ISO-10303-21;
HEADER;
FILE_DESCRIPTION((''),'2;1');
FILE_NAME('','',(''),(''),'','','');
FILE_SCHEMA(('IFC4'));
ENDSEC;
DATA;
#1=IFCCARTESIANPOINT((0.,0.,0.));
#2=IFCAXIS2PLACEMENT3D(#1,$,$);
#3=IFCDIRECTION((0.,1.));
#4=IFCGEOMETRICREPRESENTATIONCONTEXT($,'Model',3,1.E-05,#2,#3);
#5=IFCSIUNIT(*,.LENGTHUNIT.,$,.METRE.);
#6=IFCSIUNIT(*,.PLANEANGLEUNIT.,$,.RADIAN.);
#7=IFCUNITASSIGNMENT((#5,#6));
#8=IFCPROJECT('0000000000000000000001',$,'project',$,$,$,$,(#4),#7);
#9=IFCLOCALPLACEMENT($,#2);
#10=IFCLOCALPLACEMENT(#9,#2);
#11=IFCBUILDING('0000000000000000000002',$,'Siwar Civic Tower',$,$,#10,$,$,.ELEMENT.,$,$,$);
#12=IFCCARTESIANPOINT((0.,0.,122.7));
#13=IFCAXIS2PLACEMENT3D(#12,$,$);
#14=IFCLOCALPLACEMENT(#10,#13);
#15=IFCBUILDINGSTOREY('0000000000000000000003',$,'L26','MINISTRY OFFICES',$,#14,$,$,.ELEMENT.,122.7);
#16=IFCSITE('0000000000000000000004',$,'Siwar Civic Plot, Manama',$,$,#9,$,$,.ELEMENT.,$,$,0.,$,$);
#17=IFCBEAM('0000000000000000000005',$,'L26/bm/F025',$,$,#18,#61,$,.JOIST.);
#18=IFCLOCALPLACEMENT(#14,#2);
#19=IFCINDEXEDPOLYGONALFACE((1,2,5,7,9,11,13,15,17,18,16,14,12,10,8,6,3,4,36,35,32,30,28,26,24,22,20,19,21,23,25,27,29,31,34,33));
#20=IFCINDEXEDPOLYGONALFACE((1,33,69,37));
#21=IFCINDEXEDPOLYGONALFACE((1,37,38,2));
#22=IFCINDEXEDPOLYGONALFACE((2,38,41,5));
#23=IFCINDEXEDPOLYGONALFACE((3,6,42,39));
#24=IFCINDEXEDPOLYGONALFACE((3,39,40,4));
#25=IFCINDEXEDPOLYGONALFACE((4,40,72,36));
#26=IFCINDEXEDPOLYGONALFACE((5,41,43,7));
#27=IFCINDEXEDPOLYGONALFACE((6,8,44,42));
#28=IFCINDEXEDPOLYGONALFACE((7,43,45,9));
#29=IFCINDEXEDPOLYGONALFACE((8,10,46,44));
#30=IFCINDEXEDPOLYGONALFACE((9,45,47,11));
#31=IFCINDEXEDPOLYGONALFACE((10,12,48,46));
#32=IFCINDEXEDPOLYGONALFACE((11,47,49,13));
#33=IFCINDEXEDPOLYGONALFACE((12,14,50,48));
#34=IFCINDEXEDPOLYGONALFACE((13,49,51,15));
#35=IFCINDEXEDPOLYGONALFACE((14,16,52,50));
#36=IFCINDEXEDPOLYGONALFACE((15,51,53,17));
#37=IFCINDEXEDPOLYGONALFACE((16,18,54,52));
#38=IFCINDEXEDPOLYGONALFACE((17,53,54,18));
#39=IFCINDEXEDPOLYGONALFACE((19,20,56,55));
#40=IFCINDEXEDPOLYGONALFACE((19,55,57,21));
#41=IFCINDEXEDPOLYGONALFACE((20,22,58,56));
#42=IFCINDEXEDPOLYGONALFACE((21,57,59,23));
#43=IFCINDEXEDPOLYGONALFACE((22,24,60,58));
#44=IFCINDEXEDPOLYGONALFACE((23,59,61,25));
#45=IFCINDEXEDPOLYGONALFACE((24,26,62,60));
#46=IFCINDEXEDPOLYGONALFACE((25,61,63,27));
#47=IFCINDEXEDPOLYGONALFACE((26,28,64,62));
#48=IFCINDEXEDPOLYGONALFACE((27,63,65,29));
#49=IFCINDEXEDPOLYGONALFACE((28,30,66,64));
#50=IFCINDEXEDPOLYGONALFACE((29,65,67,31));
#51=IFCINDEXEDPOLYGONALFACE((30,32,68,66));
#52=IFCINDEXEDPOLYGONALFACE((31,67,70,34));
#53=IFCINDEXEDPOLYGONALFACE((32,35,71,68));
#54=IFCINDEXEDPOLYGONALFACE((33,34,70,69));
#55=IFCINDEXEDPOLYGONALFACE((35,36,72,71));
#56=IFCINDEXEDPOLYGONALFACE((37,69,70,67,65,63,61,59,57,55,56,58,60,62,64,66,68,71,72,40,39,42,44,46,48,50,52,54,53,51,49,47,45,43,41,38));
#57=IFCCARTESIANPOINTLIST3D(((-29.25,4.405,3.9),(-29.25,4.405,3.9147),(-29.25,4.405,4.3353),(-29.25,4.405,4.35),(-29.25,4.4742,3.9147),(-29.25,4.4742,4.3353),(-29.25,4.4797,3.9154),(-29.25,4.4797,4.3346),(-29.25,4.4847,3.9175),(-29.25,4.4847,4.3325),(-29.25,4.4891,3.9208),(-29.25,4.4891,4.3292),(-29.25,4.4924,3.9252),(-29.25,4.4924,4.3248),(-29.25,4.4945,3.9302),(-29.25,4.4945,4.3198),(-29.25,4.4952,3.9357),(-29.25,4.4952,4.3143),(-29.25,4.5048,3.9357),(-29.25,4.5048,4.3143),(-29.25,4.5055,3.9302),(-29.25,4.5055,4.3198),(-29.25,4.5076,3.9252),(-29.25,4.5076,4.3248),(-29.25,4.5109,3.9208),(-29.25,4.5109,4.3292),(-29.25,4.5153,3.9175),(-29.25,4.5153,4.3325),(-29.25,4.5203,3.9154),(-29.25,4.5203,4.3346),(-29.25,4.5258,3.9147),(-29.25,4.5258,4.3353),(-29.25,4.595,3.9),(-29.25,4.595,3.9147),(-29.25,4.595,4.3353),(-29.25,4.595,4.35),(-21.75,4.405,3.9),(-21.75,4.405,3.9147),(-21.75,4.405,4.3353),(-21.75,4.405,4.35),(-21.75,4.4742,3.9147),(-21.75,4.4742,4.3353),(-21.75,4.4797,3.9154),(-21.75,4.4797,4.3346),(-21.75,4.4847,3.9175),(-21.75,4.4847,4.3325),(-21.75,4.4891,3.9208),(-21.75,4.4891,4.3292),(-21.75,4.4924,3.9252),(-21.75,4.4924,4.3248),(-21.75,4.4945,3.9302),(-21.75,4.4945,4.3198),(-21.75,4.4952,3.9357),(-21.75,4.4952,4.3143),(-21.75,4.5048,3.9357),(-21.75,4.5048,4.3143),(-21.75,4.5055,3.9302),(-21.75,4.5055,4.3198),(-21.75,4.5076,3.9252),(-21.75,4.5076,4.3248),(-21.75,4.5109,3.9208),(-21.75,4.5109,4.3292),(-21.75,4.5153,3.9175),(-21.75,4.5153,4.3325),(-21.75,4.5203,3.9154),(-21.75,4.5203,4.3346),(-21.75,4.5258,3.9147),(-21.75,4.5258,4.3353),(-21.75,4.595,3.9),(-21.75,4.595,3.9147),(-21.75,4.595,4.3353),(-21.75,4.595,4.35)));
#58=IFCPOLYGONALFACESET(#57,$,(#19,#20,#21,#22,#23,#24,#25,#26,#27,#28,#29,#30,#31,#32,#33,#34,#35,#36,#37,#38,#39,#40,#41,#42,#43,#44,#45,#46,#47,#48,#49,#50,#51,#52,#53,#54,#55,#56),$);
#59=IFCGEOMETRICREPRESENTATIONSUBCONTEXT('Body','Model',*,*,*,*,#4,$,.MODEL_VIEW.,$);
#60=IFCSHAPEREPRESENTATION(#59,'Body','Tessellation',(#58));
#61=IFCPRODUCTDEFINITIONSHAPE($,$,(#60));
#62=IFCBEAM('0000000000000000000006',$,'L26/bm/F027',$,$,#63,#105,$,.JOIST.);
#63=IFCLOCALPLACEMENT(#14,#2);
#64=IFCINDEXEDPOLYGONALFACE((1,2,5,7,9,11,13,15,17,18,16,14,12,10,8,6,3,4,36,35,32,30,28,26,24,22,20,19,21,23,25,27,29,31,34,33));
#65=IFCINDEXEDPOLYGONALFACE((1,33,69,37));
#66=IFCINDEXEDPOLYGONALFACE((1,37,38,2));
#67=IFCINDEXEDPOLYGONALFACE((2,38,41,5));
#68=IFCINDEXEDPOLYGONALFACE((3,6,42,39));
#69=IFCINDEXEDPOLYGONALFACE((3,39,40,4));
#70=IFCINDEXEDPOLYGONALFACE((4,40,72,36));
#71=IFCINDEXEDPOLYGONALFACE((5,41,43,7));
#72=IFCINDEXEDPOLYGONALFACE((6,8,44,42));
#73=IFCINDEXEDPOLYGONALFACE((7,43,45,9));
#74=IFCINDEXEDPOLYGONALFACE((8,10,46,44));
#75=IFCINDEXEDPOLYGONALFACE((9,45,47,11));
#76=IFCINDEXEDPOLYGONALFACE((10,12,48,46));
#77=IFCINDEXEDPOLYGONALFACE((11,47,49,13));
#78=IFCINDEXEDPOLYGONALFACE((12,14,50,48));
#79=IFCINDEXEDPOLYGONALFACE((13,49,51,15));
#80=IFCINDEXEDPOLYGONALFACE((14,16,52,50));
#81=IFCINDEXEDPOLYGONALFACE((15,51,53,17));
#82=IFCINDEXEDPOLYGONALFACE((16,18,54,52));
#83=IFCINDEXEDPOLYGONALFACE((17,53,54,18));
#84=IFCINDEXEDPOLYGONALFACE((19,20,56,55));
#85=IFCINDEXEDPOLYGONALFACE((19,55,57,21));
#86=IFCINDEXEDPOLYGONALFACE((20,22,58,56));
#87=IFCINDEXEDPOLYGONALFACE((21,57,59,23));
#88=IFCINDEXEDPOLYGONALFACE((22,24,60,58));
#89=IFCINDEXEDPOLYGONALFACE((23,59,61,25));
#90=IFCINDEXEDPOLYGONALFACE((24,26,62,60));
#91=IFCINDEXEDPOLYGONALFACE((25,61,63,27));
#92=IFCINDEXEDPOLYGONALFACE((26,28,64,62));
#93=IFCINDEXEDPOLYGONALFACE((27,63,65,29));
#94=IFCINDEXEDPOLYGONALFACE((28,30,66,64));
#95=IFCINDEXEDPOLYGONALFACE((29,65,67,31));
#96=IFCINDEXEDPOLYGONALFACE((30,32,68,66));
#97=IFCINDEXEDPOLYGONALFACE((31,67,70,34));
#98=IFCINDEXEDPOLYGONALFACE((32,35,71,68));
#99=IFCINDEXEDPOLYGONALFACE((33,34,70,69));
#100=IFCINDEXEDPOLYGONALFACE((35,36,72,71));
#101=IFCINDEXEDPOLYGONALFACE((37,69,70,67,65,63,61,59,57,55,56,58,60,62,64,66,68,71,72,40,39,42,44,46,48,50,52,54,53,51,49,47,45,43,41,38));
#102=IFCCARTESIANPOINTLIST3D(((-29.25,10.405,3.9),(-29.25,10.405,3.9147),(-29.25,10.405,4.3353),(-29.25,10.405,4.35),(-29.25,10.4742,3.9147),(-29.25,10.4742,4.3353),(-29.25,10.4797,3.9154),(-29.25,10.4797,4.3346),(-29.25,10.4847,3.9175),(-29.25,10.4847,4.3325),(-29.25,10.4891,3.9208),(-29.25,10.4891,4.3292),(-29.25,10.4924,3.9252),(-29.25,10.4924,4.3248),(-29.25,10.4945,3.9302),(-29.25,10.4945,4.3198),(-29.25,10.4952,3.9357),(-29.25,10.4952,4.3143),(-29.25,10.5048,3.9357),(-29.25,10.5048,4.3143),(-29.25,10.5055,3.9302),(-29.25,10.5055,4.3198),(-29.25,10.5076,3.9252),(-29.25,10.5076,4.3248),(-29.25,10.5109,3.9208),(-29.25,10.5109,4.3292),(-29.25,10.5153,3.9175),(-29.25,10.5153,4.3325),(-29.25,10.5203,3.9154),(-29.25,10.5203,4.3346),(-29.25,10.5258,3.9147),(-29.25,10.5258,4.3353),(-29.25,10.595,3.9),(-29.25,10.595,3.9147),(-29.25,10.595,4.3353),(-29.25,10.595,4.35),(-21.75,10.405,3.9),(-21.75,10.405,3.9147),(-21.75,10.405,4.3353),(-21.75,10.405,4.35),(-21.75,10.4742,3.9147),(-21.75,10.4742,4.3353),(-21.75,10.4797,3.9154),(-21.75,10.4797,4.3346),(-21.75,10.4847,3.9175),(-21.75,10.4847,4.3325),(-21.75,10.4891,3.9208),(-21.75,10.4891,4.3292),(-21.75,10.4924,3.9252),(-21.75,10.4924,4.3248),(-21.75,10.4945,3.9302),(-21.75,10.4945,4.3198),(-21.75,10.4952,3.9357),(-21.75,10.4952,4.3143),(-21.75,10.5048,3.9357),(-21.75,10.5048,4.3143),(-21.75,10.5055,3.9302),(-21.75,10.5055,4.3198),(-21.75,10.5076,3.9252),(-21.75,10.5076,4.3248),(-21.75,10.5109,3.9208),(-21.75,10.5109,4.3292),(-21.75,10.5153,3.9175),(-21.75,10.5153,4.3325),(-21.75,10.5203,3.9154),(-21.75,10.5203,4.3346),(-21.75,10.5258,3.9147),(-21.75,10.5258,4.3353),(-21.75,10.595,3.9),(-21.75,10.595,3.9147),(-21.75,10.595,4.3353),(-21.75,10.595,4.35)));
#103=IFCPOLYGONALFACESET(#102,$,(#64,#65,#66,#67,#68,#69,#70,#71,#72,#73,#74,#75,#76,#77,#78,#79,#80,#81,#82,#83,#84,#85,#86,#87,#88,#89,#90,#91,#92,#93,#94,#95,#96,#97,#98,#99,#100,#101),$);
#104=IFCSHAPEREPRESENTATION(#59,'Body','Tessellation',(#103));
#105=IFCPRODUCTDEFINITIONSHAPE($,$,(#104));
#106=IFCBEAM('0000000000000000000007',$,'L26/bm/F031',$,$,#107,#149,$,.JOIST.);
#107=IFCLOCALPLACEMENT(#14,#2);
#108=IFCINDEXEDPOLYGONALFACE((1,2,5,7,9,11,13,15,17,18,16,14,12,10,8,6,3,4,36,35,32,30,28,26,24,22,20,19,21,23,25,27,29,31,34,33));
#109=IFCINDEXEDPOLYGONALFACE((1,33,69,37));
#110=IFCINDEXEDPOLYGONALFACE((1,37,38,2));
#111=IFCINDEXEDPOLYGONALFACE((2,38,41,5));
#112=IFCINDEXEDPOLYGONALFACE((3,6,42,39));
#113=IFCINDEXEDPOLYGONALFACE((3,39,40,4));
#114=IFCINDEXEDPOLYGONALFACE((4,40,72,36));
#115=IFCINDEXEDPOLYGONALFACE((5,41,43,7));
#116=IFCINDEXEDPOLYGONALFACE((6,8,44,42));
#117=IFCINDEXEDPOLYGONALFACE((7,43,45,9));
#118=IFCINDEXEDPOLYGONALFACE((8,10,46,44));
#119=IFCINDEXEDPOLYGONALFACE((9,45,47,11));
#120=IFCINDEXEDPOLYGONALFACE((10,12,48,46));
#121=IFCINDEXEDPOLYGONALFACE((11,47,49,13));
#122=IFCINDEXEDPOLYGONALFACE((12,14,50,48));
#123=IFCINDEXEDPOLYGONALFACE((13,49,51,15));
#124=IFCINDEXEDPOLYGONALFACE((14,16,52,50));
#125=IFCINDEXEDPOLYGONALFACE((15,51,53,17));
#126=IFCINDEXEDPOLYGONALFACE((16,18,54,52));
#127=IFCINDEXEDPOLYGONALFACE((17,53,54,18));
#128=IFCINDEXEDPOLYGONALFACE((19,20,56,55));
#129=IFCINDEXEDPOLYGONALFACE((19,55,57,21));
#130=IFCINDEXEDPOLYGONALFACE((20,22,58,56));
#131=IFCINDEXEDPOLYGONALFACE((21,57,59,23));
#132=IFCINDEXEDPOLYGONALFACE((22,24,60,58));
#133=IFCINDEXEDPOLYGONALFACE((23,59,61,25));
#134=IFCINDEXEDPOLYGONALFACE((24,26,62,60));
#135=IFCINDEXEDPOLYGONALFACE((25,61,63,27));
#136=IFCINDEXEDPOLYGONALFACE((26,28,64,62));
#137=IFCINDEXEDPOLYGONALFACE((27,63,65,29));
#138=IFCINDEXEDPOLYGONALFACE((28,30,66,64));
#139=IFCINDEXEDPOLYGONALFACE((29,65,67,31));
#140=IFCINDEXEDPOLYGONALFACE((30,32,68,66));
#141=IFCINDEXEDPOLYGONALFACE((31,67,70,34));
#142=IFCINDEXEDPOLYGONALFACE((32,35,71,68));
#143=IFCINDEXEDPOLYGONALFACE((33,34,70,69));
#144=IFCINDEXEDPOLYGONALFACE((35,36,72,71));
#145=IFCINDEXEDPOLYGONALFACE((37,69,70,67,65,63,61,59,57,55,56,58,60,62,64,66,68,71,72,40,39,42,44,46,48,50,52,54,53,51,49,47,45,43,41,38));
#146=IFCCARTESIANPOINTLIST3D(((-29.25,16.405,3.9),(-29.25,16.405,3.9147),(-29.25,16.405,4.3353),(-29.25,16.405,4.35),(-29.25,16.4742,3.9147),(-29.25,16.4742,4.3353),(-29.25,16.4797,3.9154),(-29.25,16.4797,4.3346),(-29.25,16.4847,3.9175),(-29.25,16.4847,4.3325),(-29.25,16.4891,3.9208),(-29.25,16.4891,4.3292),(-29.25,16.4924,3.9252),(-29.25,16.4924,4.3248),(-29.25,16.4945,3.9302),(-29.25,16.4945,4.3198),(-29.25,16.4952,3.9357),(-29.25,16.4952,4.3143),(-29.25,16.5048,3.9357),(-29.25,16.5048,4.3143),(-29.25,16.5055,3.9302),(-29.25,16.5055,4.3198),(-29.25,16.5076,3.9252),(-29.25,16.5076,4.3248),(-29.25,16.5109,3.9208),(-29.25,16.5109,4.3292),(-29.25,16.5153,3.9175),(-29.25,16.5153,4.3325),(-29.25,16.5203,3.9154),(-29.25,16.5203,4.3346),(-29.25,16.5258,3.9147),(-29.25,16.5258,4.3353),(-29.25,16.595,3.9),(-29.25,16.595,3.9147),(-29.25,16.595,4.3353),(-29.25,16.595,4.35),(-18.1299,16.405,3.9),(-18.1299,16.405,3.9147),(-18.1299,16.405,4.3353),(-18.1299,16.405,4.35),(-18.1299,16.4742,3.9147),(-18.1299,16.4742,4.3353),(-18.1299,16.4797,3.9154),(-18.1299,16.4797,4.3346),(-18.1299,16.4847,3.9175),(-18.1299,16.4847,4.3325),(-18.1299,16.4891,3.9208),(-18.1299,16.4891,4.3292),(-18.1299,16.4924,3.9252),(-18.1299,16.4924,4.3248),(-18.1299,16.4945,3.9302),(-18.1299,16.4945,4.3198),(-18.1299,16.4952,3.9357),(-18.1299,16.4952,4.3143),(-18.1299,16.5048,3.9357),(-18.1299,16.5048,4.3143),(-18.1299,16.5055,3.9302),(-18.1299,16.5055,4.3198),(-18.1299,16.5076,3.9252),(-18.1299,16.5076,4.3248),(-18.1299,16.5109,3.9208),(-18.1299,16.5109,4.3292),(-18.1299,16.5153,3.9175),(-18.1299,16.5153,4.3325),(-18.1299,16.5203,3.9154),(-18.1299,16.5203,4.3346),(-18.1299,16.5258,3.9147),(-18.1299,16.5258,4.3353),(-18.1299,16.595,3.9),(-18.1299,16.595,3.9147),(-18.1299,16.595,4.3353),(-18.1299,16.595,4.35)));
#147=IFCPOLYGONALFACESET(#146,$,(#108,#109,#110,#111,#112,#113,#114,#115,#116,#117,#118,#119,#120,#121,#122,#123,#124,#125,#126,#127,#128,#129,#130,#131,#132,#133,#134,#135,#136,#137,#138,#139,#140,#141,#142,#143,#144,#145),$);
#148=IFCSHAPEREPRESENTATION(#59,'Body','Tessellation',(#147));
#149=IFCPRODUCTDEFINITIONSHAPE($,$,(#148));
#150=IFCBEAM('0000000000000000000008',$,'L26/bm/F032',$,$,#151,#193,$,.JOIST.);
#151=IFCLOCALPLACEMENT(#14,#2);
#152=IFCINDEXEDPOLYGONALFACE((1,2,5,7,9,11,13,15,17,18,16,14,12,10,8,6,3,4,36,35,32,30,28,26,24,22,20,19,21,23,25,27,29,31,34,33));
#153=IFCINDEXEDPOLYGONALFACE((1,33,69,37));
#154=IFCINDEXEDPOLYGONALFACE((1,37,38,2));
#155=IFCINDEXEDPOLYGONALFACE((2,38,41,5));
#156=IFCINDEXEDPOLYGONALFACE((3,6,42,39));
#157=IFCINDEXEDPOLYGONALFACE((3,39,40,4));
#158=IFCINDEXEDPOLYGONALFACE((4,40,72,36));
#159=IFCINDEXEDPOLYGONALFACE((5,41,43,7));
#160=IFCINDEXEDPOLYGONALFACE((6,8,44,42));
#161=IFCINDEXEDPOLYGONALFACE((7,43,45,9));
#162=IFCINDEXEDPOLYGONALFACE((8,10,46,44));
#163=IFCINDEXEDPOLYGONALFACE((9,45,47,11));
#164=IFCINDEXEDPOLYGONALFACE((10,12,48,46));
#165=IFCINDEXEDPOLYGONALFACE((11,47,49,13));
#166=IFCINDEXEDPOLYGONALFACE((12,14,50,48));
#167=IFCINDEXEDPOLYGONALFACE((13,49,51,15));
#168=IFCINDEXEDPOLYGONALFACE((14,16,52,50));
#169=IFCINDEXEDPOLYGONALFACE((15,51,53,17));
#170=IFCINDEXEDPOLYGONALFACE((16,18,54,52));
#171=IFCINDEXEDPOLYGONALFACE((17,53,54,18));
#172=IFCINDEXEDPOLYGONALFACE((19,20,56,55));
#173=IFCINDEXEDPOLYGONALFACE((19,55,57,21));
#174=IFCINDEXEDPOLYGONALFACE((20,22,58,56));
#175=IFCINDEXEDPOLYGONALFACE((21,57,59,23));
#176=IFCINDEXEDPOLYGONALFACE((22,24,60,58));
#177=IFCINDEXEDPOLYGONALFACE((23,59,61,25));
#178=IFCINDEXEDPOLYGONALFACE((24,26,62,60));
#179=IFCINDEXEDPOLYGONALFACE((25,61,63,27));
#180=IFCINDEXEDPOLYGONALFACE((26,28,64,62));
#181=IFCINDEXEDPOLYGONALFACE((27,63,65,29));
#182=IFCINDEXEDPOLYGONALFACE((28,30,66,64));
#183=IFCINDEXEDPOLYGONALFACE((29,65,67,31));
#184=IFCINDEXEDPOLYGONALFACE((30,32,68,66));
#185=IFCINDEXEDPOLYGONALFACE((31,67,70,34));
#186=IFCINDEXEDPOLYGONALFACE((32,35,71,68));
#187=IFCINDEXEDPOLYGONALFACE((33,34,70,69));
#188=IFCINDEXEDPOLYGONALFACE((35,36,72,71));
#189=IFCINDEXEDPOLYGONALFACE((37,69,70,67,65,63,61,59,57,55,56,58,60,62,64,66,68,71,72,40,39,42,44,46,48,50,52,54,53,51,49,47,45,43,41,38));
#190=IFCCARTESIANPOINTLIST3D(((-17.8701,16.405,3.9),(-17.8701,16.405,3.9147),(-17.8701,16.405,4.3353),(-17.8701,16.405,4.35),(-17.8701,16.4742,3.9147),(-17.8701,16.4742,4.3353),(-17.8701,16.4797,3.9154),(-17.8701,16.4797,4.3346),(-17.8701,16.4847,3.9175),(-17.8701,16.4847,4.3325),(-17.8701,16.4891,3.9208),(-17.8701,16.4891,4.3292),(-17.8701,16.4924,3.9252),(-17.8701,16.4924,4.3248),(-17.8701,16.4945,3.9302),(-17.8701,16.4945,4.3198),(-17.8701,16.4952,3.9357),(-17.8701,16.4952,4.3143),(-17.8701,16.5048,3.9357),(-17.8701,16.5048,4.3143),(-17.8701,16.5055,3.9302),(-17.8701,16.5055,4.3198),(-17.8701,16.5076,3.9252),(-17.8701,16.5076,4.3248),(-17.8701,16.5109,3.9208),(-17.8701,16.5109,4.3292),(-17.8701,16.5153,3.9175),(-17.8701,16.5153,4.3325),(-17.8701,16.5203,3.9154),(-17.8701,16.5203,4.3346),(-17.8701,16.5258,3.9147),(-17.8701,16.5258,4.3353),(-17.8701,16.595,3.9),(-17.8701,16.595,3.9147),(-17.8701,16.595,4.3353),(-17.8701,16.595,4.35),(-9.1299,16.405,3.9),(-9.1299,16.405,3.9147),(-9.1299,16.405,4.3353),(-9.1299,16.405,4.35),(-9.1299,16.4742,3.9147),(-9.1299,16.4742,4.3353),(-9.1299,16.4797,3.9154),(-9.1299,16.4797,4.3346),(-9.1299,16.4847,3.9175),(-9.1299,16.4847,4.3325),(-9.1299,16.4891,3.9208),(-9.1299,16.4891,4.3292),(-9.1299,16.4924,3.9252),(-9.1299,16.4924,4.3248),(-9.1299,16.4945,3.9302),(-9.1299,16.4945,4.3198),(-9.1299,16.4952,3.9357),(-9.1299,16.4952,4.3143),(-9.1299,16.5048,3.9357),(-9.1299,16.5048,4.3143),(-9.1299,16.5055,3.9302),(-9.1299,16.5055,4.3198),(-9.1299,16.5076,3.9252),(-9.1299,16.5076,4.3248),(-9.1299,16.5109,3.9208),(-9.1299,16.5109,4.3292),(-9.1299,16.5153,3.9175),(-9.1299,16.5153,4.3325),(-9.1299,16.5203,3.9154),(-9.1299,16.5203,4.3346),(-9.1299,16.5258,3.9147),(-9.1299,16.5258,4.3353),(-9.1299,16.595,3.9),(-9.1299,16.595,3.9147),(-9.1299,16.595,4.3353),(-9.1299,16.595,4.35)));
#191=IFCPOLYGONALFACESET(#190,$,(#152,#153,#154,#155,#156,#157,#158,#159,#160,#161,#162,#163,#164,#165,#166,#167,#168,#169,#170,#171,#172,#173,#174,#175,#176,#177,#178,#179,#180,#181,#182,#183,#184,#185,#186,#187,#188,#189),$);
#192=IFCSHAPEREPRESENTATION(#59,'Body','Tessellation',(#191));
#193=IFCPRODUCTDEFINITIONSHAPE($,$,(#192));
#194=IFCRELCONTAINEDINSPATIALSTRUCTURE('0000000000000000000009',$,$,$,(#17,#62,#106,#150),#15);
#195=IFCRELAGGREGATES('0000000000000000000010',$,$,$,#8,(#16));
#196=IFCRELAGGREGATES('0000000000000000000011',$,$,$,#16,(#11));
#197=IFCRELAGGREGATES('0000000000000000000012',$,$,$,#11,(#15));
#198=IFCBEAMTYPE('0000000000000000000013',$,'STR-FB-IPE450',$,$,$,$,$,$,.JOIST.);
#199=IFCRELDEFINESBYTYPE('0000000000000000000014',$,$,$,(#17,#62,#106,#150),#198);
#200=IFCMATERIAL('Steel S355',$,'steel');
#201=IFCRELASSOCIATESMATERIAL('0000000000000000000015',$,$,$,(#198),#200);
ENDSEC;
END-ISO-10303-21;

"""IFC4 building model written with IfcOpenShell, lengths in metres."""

from ifc_helpers import new_model, si_unit, direction, frame, origin, origin_2d, place, context, subcontext, project, spatial, i_section, extrude, material, material_profile, profile_set, type_object, element, save


model = new_model("IFC4")

# Units and contexts
model_context = context("Model", 3, precision=1e-05, world=origin(), true_north=direction((0.0, 1.0)))
body_context = subcontext(model_context, "Body", "Model", "MODEL_VIEW")
ifc_project = project(units=[si_unit("LENGTHUNIT", "METRE"), si_unit("PLANEANGLEUNIT", "RADIAN")], contexts=[model_context])

# Site, building, storey
site_placement = place(None, origin())
site = spatial("IfcSite", under=ifc_project, at=site_placement, Name="Siwar Civic Plot, Manama", CompositionType="ELEMENT", RefElevation=0.0)
building_placement = place(site_placement, origin())
building = spatial("IfcBuilding", under=site, at=building_placement, Name="Siwar Civic Tower", CompositionType="ELEMENT")
storey_placement = place(building_placement, frame((0.0, 0.0, 122.7)))
storey = spatial("IfcBuildingStorey", under=building, at=storey_placement, Name="L26", Description="MINISTRY OFFICES", CompositionType="ELEMENT", Elevation=122.7)

# Beams
ifc_material_1 = material(Name="Steel S355", Category="steel")
ifc_material_profile_1 = material_profile(ifc_material_1, i_section(OverallWidth=0.1899, OverallDepth=0.45, WebThickness=0.0095, FlangeThickness=0.0146, FilletRadius=0.021, at=origin_2d()), Name="IPE450")
ifc_profile_set_1 = profile_set([ifc_material_profile_1], Name="Steel S355")
beam_type_1 = type_object("IfcBeamType", Name="STR-FB-IPE450", PredefinedType="JOIST", material=ifc_profile_set_1)
for number, where, z_axis, x_axis, name in (
    (1, (-29.25, 4.5, 4.125), (1.0, 0.0, 0.0), (0.0, 1.0, 0.0), "L26/bm/F025"),
    (2, (-29.25, 10.5, 4.125), (1.0, 0.0, 0.0), (0.0, 1.0, 0.0), "L26/bm/F027"),
):
    element("IfcBeam", number, at=place(storey_placement, frame(where, z_axis=z_axis, x_axis=x_axis)), inside=storey, type_object=beam_type_1, Name=name, PredefinedType="JOIST", context=body_context, shape_type="SweptSolid", body=[
        extrude(i_section(OverallWidth=0.1899, OverallDepth=0.45, WebThickness=0.0095, FlangeThickness=0.0146, FilletRadius=0.021, at=origin_2d()), origin(), (0.0, 0.0, 1.0), 7.5),
    ])
beam_1_placement = place(storey_placement, frame((-29.25, 16.5, 4.125), z_axis=(1.0, 0.0, 0.0), x_axis=(0.0, 1.0, 0.0)))
element("IfcBeam", 3, at=beam_1_placement, inside=storey, type_object=beam_type_1, Name="L26/bm/F031", PredefinedType="JOIST", context=body_context, shape_type="SweptSolid", body=[
    extrude(i_section(OverallWidth=0.1899, OverallDepth=0.45, WebThickness=0.0095, FlangeThickness=0.0146, FilletRadius=0.021, at=origin_2d()), origin(), (0.0, 0.0, 1.0), 11.1201),
])
beam_2_placement = place(storey_placement, frame((-17.8701, 16.5, 4.125), z_axis=(1.0, 0.0, 0.0), x_axis=(0.0, 1.0, 0.0)))
element("IfcBeam", 4, at=beam_2_placement, inside=storey, type_object=beam_type_1, Name="L26/bm/F032", PredefinedType="JOIST", context=body_context, shape_type="SweptSolid", body=[
    extrude(i_section(OverallWidth=0.1899, OverallDepth=0.45, WebThickness=0.0095, FlangeThickness=0.0146, FilletRadius=0.021, at=origin_2d()), origin(), (0.0, 0.0, 1.0), 8.7402),
])

save(model, "model.ifc")
